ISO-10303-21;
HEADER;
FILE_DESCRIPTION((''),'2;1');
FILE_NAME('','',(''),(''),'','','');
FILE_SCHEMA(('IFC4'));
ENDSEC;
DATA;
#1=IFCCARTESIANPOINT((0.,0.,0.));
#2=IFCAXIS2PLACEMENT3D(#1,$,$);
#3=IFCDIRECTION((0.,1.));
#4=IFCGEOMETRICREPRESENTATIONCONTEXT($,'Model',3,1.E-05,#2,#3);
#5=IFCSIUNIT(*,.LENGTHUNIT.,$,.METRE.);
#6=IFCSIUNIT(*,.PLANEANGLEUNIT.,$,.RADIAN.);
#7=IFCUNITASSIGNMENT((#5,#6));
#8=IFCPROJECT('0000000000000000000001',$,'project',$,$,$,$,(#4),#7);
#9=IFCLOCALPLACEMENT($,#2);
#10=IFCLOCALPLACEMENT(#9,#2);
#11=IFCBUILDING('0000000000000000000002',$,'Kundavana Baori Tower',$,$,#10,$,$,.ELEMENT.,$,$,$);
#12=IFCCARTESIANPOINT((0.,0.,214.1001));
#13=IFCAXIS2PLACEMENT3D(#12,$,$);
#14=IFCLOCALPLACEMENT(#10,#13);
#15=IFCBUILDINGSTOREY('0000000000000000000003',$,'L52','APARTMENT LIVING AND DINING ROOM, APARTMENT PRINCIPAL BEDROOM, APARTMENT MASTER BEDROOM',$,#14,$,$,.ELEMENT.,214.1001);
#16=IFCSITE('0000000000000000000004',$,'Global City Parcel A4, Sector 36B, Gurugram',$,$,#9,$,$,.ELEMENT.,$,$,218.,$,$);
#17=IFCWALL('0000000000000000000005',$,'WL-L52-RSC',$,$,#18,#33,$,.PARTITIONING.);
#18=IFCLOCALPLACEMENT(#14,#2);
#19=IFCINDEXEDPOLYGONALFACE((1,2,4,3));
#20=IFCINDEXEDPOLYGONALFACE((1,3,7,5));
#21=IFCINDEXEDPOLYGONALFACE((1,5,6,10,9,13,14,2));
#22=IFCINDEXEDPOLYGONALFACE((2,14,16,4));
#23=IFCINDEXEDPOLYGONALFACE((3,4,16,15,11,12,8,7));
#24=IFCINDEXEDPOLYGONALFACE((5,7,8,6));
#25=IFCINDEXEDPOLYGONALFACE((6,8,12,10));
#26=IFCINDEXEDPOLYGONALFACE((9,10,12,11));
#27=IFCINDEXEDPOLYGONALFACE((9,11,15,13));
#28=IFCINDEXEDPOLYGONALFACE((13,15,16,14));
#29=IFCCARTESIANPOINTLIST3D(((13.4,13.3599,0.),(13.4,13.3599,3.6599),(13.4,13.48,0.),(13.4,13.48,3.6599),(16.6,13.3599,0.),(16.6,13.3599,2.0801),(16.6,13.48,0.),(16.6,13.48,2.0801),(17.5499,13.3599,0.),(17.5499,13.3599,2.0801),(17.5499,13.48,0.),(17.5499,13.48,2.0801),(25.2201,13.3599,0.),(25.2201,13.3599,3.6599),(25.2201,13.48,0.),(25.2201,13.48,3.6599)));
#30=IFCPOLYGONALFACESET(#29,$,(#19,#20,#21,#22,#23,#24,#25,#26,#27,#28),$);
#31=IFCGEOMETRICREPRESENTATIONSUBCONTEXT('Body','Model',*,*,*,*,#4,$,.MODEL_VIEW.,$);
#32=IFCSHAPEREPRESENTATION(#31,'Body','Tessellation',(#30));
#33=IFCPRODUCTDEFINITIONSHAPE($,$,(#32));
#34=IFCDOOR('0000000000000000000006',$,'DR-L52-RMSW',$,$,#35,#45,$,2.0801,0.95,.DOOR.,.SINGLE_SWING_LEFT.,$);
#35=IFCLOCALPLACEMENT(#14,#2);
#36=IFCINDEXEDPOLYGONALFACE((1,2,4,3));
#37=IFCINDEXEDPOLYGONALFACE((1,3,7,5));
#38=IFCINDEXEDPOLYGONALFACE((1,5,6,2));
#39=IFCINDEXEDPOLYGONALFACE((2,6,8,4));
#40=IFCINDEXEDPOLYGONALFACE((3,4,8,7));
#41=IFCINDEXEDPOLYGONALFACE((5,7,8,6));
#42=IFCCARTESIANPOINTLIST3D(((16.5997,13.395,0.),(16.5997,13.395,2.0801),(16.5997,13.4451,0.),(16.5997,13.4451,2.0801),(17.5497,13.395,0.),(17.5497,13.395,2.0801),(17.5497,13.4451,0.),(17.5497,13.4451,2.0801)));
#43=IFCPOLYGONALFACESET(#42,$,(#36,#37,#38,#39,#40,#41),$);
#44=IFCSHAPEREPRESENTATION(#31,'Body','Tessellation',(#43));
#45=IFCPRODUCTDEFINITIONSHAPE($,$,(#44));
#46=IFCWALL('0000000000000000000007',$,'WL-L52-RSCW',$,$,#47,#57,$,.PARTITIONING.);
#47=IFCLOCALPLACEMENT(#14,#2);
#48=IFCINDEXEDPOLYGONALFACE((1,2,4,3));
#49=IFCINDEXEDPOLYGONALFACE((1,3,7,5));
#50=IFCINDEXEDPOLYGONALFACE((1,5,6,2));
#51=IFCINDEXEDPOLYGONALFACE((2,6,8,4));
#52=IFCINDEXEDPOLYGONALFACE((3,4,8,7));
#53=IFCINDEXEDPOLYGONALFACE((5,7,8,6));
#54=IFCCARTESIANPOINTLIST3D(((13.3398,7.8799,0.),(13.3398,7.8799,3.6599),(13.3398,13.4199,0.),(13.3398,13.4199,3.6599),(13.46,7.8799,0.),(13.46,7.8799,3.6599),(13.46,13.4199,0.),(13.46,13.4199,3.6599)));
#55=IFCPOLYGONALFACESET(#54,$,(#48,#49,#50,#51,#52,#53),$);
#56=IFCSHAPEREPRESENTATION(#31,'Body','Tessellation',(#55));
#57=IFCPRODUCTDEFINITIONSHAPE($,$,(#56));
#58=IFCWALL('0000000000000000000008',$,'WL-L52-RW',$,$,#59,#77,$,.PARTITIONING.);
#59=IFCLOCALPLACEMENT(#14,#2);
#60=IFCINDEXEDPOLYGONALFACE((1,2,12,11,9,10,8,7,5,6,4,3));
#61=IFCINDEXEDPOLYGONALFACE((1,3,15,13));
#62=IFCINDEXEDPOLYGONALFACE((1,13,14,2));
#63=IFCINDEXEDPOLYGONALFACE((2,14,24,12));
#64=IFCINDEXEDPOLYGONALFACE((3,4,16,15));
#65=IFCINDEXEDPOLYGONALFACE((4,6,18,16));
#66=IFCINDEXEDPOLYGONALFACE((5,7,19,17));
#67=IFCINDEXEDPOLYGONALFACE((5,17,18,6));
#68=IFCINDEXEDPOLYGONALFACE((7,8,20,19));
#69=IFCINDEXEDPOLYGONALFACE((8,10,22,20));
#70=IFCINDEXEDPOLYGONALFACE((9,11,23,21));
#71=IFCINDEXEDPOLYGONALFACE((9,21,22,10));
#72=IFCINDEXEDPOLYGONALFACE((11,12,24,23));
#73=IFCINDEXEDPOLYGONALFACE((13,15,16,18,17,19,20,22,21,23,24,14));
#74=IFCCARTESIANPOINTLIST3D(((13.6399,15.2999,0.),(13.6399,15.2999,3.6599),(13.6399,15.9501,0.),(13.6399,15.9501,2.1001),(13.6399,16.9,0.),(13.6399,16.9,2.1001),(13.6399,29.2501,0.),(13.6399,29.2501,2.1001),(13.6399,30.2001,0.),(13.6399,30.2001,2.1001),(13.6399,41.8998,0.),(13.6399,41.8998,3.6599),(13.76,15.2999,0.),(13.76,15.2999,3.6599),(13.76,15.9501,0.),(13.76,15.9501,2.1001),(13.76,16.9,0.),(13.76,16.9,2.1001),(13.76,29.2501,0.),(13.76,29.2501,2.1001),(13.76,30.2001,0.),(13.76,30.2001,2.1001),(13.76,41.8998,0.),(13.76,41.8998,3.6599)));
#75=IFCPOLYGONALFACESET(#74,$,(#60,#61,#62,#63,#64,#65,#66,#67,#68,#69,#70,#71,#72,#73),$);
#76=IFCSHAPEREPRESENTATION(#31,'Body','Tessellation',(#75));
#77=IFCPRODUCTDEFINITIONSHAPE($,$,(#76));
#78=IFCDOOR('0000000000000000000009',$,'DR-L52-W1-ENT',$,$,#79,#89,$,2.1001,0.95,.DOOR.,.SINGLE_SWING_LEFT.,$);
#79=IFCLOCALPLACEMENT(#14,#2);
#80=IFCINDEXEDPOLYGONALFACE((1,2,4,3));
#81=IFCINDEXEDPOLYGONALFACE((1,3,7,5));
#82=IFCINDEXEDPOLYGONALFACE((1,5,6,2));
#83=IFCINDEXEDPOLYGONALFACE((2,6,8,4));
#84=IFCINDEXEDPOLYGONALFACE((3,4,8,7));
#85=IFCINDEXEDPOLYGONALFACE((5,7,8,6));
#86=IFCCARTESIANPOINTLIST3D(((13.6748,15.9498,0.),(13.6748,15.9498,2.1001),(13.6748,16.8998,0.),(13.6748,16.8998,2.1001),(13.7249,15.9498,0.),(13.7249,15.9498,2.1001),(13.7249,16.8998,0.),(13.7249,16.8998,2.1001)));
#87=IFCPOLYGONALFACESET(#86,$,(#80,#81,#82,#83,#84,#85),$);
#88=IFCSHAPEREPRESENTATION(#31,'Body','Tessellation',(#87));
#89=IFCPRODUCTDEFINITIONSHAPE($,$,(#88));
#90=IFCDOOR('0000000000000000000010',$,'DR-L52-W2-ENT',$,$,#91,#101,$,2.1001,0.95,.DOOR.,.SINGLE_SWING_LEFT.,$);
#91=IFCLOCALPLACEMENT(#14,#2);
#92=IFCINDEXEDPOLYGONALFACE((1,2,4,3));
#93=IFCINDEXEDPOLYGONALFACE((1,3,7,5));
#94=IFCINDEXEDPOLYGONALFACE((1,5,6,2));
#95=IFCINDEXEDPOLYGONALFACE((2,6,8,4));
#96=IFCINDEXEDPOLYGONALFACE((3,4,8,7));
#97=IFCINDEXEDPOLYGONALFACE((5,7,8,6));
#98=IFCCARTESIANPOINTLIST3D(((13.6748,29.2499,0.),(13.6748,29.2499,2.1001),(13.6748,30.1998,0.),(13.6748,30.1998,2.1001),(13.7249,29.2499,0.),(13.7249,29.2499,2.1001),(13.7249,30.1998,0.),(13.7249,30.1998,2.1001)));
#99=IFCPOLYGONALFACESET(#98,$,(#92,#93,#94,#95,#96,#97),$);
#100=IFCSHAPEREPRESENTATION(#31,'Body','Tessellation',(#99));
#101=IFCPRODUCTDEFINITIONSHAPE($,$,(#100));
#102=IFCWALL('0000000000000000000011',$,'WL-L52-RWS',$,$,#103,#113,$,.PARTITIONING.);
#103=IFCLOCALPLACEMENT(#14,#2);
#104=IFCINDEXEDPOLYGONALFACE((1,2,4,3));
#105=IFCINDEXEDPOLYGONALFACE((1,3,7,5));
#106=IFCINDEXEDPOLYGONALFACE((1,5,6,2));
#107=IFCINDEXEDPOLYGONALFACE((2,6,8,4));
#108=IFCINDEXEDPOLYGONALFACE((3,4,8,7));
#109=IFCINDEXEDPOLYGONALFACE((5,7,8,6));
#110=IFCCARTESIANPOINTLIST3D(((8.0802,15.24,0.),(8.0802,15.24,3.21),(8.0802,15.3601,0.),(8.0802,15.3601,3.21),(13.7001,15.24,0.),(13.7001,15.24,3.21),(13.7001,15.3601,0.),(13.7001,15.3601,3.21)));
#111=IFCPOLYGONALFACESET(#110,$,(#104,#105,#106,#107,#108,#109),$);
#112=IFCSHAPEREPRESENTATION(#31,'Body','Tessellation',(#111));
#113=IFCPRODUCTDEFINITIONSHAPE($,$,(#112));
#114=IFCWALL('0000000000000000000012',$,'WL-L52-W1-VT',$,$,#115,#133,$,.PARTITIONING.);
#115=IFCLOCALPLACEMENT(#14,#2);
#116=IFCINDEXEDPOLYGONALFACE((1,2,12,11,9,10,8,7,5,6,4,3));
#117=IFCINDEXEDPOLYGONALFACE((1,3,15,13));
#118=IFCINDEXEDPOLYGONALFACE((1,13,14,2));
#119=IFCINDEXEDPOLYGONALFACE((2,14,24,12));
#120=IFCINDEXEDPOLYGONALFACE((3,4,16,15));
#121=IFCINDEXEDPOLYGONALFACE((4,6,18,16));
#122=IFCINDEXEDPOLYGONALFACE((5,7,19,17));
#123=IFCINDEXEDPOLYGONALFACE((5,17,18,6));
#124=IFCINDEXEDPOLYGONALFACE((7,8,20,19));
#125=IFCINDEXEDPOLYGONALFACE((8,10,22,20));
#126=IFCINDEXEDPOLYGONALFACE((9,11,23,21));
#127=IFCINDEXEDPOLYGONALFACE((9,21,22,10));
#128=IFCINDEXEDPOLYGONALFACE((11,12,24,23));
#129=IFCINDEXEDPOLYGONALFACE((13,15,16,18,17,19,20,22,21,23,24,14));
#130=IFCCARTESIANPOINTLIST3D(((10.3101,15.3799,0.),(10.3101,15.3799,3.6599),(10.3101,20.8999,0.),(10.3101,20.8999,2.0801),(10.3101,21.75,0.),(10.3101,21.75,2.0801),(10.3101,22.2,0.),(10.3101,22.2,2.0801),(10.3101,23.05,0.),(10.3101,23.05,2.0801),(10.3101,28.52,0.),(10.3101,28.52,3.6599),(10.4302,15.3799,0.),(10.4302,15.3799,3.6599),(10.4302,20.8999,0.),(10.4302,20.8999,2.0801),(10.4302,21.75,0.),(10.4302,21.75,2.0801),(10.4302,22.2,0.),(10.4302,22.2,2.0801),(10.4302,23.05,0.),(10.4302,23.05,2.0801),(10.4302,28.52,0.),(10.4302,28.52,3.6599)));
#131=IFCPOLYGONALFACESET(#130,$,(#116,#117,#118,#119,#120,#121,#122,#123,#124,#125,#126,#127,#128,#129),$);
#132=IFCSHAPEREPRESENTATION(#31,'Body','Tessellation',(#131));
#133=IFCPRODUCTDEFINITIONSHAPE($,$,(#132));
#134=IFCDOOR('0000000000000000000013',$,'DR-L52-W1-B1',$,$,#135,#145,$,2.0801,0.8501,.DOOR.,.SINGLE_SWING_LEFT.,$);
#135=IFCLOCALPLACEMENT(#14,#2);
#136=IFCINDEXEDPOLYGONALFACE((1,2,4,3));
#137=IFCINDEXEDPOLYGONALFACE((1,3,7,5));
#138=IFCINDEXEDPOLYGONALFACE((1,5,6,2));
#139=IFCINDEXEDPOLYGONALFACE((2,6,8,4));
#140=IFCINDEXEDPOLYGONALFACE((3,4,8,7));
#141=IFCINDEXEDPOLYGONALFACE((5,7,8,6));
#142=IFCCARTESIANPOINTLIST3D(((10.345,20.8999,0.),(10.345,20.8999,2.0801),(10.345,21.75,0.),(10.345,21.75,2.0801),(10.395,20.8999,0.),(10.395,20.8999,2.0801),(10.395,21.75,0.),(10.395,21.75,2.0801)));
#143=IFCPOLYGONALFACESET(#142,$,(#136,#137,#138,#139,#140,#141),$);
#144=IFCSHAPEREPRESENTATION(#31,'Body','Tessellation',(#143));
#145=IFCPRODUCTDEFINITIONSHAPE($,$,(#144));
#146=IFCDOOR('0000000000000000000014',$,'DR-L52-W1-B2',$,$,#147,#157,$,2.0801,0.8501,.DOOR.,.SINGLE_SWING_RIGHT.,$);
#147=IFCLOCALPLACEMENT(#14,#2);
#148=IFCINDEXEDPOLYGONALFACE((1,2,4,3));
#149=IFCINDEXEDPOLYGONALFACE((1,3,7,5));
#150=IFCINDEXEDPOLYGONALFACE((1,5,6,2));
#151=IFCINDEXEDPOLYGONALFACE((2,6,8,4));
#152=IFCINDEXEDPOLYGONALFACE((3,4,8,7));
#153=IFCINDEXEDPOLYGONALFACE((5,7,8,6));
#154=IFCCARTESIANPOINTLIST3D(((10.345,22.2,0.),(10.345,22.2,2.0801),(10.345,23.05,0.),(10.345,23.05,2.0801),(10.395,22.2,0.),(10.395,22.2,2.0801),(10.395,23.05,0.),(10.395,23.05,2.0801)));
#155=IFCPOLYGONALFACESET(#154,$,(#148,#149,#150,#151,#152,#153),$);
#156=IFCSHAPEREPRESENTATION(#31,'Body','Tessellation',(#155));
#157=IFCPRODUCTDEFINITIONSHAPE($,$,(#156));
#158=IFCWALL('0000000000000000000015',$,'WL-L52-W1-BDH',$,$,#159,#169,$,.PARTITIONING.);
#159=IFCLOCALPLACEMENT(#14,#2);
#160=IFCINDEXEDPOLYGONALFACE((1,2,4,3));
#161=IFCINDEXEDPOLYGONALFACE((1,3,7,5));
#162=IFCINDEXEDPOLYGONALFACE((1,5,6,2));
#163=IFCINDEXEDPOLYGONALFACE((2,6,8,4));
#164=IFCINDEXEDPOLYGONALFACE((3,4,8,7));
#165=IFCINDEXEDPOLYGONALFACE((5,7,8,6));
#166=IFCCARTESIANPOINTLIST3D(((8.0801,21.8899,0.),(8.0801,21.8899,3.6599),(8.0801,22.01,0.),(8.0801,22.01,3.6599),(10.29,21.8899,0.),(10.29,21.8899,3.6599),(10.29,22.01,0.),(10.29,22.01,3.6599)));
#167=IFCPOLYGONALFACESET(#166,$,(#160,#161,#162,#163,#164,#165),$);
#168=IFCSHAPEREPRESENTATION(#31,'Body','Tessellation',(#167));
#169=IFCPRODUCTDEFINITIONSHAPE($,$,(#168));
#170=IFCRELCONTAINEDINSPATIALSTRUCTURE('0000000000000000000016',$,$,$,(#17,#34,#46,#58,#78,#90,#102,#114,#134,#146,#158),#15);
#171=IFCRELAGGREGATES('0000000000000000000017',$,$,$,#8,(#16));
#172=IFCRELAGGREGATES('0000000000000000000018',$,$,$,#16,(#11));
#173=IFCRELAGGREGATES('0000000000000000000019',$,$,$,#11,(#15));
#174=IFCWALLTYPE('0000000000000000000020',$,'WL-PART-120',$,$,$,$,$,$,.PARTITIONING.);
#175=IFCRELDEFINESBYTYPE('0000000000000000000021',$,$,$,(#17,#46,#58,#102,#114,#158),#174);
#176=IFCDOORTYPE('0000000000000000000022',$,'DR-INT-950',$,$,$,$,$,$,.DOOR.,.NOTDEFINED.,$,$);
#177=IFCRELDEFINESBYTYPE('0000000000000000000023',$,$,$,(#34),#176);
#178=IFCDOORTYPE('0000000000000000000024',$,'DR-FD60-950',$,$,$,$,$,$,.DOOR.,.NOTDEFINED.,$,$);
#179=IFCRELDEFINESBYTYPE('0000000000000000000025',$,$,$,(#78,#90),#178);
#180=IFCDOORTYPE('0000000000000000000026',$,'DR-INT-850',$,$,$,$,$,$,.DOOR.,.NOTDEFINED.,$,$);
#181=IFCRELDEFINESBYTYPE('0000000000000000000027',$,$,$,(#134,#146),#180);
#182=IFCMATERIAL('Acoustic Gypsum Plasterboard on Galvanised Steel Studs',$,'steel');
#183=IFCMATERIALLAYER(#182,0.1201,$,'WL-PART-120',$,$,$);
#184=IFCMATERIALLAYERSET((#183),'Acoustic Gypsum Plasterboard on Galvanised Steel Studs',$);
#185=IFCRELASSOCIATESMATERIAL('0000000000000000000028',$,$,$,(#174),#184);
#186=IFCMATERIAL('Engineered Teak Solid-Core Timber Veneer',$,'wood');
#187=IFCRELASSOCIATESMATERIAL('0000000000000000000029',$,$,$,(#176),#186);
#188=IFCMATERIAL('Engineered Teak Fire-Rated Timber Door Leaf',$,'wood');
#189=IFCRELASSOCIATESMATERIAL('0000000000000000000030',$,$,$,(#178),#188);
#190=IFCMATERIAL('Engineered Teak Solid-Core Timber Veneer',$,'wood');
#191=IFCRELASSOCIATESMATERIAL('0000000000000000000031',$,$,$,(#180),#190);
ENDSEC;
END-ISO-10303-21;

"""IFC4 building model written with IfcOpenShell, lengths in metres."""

from ifc_helpers import new_model, si_unit, direction, frame, frame_2d, origin, place, context, subcontext, project, spatial, rectangle, extrude, material, layer, layer_set, type_object, element, fill, save


model = new_model("IFC4")

# Units and contexts
model_context = context("Model", 3, precision=1e-05, world=origin(), true_north=direction((0.0, 1.0)))
body_context = subcontext(model_context, "Body", "Model", "MODEL_VIEW")
ifc_project = project(units=[si_unit("LENGTHUNIT", "METRE"), si_unit("PLANEANGLEUNIT", "RADIAN")], contexts=[model_context])

# Site, building, storey
site_placement = place(None, origin())
site = spatial("IfcSite", under=ifc_project, at=site_placement, Name="Global City Parcel A4, Sector 36B, Gurugram", CompositionType="ELEMENT", RefElevation=218.0)
building_placement = place(site_placement, origin())
building = spatial("IfcBuilding", under=site, at=building_placement, Name="Kundavana Baori Tower", CompositionType="ELEMENT")
storey_placement = place(building_placement, frame((0.0, 0.0, 214.1001)))
storey = spatial("IfcBuildingStorey", under=building, at=storey_placement, Name="L52", Description="APARTMENT LIVING AND DINING ROOM, APARTMENT PRINCIPAL BEDROOM, APARTMENT MASTER BEDROOM", CompositionType="ELEMENT", Elevation=214.1001)

# Wall, opening, door
ifc_material_1 = material(Name="Acoustic Gypsum Plasterboard on Galvanised Steel Studs", Category="steel")
ifc_layer_1 = layer(ifc_material_1, 0.1201, Name="WL-PART-120")
ifc_layer_set_1 = layer_set([ifc_layer_1], Name="Acoustic Gypsum Plasterboard on Galvanised Steel Studs")
wall_type_1 = type_object("IfcWallType", Name="WL-PART-120", PredefinedType="PARTITIONING", material=ifc_layer_set_1)
wall_1_placement = place(storey_placement, frame((13.3999, 13.4199, 0.0), z_axis=(0.0, 0.0, 1.0), x_axis=(1.0, 0.0, 0.0)))
wall_1 = element("IfcWall", 1, at=wall_1_placement, inside=storey, type_object=wall_type_1, Name="WL-L52-RSC", PredefinedType="PARTITIONING", context=body_context, shape_type="SweptSolid", body=[
    extrude(rectangle(XDim=11.8201, YDim=0.1201, at=frame_2d((5.9102, 0.0))), origin(), (0.0, 0.0, 1.0), 3.6599),
])
opening_1_placement = place(wall_1_placement, frame((3.2, 0.0, 0.0)))
opening_1 = element("IfcOpeningElement", 2, at=opening_1_placement, cuts=wall_1, PredefinedType="OPENING", context=body_context, shape_type="SweptSolid", body=[
    extrude(rectangle(XDim=0.95, YDim=2.0801, at=frame_2d((0.4751, 1.04))), frame((0.0, 0.0701, 0.0), z_axis=(0.0, -1.0, 0.0), x_axis=(1.0, 0.0, 0.0)), (0.0, 0.0, 1.0), 0.1401),
])
ifc_material_2 = material(Name="Engineered Teak Solid-Core Timber Veneer", Category="wood")
door_type_1 = type_object("IfcDoorType", Name="DR-INT-950", OperationType="NOTDEFINED", PredefinedType="DOOR", material=ifc_material_2)
door_1_placement = place(opening_1_placement, frame((0.95, 0.0, 0.0), z_axis=(0.0, 0.0, 1.0), x_axis=(-1.0, 0.0, 0.0)))
door_1 = element("IfcDoor", 3, at=door_1_placement, inside=storey, type_object=door_type_1, Name="DR-L52-RMSW", OperationType="SINGLE_SWING_LEFT", OverallHeight=2.0801, OverallWidth=0.95, PredefinedType="DOOR", context=body_context, shape_type="SweptSolid", body=[
    extrude(rectangle(XDim=0.95, YDim=2.0801, at=frame_2d((0.4751, 1.04))), frame((0.0, 0.0249, 0.0), z_axis=(0.0, -1.0, 0.0), x_axis=(1.0, 0.0, 0.0)), (0.0, 0.0, 1.0), 0.05),
])
fill(opening_1, door_1)

# Wall
wall_2_placement = place(storey_placement, frame((13.3999, 7.8799, 0.0), z_axis=(0.0, 0.0, 1.0), x_axis=(0.0, 1.0, 0.0)))
element("IfcWall", 4, at=wall_2_placement, inside=storey, type_object=wall_type_1, Name="WL-L52-RSCW", PredefinedType="PARTITIONING", context=body_context, shape_type="SweptSolid", body=[
    extrude(rectangle(XDim=5.54, YDim=0.1201, at=frame_2d((2.77, 0.0))), origin(), (0.0, 0.0, 1.0), 3.6599),
])

# Wall, openings, doors
wall_3_placement = place(storey_placement, frame((13.7, 15.3, 0.0), z_axis=(0.0, 0.0, 1.0), x_axis=(0.0, 1.0, 0.0)))
wall_3 = element("IfcWall", 5, at=wall_3_placement, inside=storey, type_object=wall_type_1, Name="WL-L52-RW", PredefinedType="PARTITIONING", context=body_context, shape_type="SweptSolid", body=[
    extrude(rectangle(XDim=26.5999, YDim=0.1201, at=frame_2d((13.2998, 0.0))), origin(), (0.0, 0.0, 1.0), 3.6599),
])
opening_2_placement = place(wall_3_placement, frame((0.6499, 0.0, 0.0)))
opening_2 = element("IfcOpeningElement", 6, at=opening_2_placement, cuts=wall_3, PredefinedType="OPENING", context=body_context, shape_type="SweptSolid", body=[
    extrude(rectangle(XDim=0.95, YDim=2.1001, at=frame_2d((0.4751, 1.05))), frame((0.0, 0.0701, 0.0), z_axis=(0.0, -1.0, 0.0), x_axis=(1.0, 0.0, 0.0)), (0.0, 0.0, 1.0), 0.1401),
])
opening_3_placement = place(wall_3_placement, frame((13.95, 0.0, 0.0)))
opening_3 = element("IfcOpeningElement", 7, at=opening_3_placement, cuts=wall_3, PredefinedType="OPENING", context=body_context, shape_type="SweptSolid", body=[
    extrude(rectangle(XDim=0.95, YDim=2.1001, at=frame_2d((0.4751, 1.05))), frame((0.0, 0.0701, 0.0), z_axis=(0.0, -1.0, 0.0), x_axis=(1.0, 0.0, 0.0)), (0.0, 0.0, 1.0), 0.1401),
])
ifc_material_3 = material(Name="Engineered Teak Fire-Rated Timber Door Leaf", Category="wood")
door_type_2 = type_object("IfcDoorType", Name="DR-FD60-950", OperationType="NOTDEFINED", PredefinedType="DOOR", material=ifc_material_3)
door_2_placement = place(opening_2_placement, frame((0.95, 0.0, 0.0), z_axis=(0.0, 0.0, 1.0), x_axis=(-1.0, 0.0, 0.0)))
door_2 = element("IfcDoor", 8, at=door_2_placement, inside=storey, type_object=door_type_2, Name="DR-L52-W1-ENT", OperationType="SINGLE_SWING_LEFT", OverallHeight=2.1001, OverallWidth=0.95, PredefinedType="DOOR", context=body_context, shape_type="SweptSolid", body=[
    extrude(rectangle(XDim=0.95, YDim=2.1001, at=frame_2d((0.4751, 1.05))), frame((0.0, 0.0249, 0.0), z_axis=(0.0, -1.0, 0.0), x_axis=(1.0, 0.0, 0.0)), (0.0, 0.0, 1.0), 0.05),
])
fill(opening_2, door_2)
door_3_placement = place(opening_3_placement, frame((0.95, 0.0, 0.0), z_axis=(0.0, 0.0, 1.0), x_axis=(-1.0, 0.0, 0.0)))
door_3 = element("IfcDoor", 9, at=door_3_placement, inside=storey, type_object=door_type_2, Name="DR-L52-W2-ENT", OperationType="SINGLE_SWING_LEFT", OverallHeight=2.1001, OverallWidth=0.95, PredefinedType="DOOR", context=body_context, shape_type="SweptSolid", body=[
    extrude(rectangle(XDim=0.95, YDim=2.1001, at=frame_2d((0.4751, 1.05))), frame((0.0, 0.0249, 0.0), z_axis=(0.0, -1.0, 0.0), x_axis=(1.0, 0.0, 0.0)), (0.0, 0.0, 1.0), 0.05),
])
fill(opening_3, door_3)

# Wall
wall_4_placement = place(storey_placement, frame((8.0801, 15.3, 0.0), z_axis=(0.0, 0.0, 1.0), x_axis=(1.0, 0.0, 0.0)))
element("IfcWall", 10, at=wall_4_placement, inside=storey, type_object=wall_type_1, Name="WL-L52-RWS", PredefinedType="PARTITIONING", context=body_context, shape_type="SweptSolid", body=[
    extrude(rectangle(XDim=5.6199, YDim=0.1201, at=frame_2d((2.8101, 0.0))), origin(), (0.0, 0.0, 1.0), 3.21),
])

# Wall, openings, doors
wall_5_placement = place(storey_placement, frame((10.3701, 15.3799, 0.0), z_axis=(0.0, 0.0, 1.0), x_axis=(0.0, 1.0, 0.0)))
wall_5 = element("IfcWall", 11, at=wall_5_placement, inside=storey, type_object=wall_type_1, Name="WL-L52-W1-VT", PredefinedType="PARTITIONING", context=body_context, shape_type="SweptSolid", body=[
    extrude(rectangle(XDim=13.1401, YDim=0.1201, at=frame_2d((6.5701, 0.0))), origin(), (0.0, 0.0, 1.0), 3.6599),
])
opening_4_placement = place(wall_5_placement, frame((5.52, 0.0, 0.0)))
opening_4 = element("IfcOpeningElement", 12, at=opening_4_placement, cuts=wall_5, PredefinedType="OPENING", context=body_context, shape_type="SweptSolid", body=[
    extrude(rectangle(XDim=0.8501, YDim=2.0801, at=frame_2d((0.425, 1.04))), frame((0.0, 0.0701, 0.0), z_axis=(0.0, -1.0, 0.0), x_axis=(1.0, 0.0, 0.0)), (0.0, 0.0, 1.0), 0.1401),
])
opening_5_placement = place(wall_5_placement, frame((6.8201, 0.0, 0.0)))
opening_5 = element("IfcOpeningElement", 13, at=opening_5_placement, cuts=wall_5, PredefinedType="OPENING", context=body_context, shape_type="SweptSolid", body=[
    extrude(rectangle(XDim=0.8501, YDim=2.0801, at=frame_2d((0.425, 1.04))), frame((0.0, 0.0701, 0.0), z_axis=(0.0, -1.0, 0.0), x_axis=(1.0, 0.0, 0.0)), (0.0, 0.0, 1.0), 0.1401),
])
ifc_material_4 = material(Name="Engineered Teak Solid-Core Timber Veneer", Category="wood")
door_type_3 = type_object("IfcDoorType", Name="DR-INT-850", OperationType="NOTDEFINED", PredefinedType="DOOR", material=ifc_material_4)
door_4_placement = place(opening_4_placement, frame((0.8501, 0.0, 0.0), z_axis=(0.0, 0.0, 1.0), x_axis=(-1.0, 0.0, 0.0)))
door_4 = element("IfcDoor", 14, at=door_4_placement, inside=storey, type_object=door_type_3, Name="DR-L52-W1-B1", OperationType="SINGLE_SWING_LEFT", OverallHeight=2.0801, OverallWidth=0.8501, PredefinedType="DOOR", context=body_context, shape_type="SweptSolid", body=[
    extrude(rectangle(XDim=0.8501, YDim=2.0801, at=frame_2d((0.425, 1.04))), frame((0.0, 0.0249, 0.0), z_axis=(0.0, -1.0, 0.0), x_axis=(1.0, 0.0, 0.0)), (0.0, 0.0, 1.0), 0.05),
])
fill(opening_4, door_4)
door_5_placement = place(opening_5_placement, frame((0.8501, 0.0, 0.0), z_axis=(0.0, 0.0, 1.0), x_axis=(-1.0, 0.0, 0.0)))
door_5 = element("IfcDoor", 15, at=door_5_placement, inside=storey, type_object=door_type_3, Name="DR-L52-W1-B2", OperationType="SINGLE_SWING_RIGHT", OverallHeight=2.0801, OverallWidth=0.8501, PredefinedType="DOOR", context=body_context, shape_type="SweptSolid", body=[
    extrude(rectangle(XDim=0.8501, YDim=2.0801, at=frame_2d((0.425, 1.04))), frame((0.0, 0.0249, 0.0), z_axis=(0.0, -1.0, 0.0), x_axis=(1.0, 0.0, 0.0)), (0.0, 0.0, 1.0), 0.05),
])
fill(opening_5, door_5)

# Wall
wall_6_placement = place(storey_placement, frame((8.0801, 21.95, 0.0), z_axis=(0.0, 0.0, 1.0), x_axis=(1.0, 0.0, 0.0)))
element("IfcWall", 16, at=wall_6_placement, inside=storey, type_object=wall_type_1, Name="WL-L52-W1-BDH", PredefinedType="PARTITIONING", context=body_context, shape_type="SweptSolid", body=[
    extrude(rectangle(XDim=2.21, YDim=0.1201, at=frame_2d((1.105, 0.0))), origin(), (0.0, 0.0, 1.0), 3.6599),
])

save(model, "model.ifc")
